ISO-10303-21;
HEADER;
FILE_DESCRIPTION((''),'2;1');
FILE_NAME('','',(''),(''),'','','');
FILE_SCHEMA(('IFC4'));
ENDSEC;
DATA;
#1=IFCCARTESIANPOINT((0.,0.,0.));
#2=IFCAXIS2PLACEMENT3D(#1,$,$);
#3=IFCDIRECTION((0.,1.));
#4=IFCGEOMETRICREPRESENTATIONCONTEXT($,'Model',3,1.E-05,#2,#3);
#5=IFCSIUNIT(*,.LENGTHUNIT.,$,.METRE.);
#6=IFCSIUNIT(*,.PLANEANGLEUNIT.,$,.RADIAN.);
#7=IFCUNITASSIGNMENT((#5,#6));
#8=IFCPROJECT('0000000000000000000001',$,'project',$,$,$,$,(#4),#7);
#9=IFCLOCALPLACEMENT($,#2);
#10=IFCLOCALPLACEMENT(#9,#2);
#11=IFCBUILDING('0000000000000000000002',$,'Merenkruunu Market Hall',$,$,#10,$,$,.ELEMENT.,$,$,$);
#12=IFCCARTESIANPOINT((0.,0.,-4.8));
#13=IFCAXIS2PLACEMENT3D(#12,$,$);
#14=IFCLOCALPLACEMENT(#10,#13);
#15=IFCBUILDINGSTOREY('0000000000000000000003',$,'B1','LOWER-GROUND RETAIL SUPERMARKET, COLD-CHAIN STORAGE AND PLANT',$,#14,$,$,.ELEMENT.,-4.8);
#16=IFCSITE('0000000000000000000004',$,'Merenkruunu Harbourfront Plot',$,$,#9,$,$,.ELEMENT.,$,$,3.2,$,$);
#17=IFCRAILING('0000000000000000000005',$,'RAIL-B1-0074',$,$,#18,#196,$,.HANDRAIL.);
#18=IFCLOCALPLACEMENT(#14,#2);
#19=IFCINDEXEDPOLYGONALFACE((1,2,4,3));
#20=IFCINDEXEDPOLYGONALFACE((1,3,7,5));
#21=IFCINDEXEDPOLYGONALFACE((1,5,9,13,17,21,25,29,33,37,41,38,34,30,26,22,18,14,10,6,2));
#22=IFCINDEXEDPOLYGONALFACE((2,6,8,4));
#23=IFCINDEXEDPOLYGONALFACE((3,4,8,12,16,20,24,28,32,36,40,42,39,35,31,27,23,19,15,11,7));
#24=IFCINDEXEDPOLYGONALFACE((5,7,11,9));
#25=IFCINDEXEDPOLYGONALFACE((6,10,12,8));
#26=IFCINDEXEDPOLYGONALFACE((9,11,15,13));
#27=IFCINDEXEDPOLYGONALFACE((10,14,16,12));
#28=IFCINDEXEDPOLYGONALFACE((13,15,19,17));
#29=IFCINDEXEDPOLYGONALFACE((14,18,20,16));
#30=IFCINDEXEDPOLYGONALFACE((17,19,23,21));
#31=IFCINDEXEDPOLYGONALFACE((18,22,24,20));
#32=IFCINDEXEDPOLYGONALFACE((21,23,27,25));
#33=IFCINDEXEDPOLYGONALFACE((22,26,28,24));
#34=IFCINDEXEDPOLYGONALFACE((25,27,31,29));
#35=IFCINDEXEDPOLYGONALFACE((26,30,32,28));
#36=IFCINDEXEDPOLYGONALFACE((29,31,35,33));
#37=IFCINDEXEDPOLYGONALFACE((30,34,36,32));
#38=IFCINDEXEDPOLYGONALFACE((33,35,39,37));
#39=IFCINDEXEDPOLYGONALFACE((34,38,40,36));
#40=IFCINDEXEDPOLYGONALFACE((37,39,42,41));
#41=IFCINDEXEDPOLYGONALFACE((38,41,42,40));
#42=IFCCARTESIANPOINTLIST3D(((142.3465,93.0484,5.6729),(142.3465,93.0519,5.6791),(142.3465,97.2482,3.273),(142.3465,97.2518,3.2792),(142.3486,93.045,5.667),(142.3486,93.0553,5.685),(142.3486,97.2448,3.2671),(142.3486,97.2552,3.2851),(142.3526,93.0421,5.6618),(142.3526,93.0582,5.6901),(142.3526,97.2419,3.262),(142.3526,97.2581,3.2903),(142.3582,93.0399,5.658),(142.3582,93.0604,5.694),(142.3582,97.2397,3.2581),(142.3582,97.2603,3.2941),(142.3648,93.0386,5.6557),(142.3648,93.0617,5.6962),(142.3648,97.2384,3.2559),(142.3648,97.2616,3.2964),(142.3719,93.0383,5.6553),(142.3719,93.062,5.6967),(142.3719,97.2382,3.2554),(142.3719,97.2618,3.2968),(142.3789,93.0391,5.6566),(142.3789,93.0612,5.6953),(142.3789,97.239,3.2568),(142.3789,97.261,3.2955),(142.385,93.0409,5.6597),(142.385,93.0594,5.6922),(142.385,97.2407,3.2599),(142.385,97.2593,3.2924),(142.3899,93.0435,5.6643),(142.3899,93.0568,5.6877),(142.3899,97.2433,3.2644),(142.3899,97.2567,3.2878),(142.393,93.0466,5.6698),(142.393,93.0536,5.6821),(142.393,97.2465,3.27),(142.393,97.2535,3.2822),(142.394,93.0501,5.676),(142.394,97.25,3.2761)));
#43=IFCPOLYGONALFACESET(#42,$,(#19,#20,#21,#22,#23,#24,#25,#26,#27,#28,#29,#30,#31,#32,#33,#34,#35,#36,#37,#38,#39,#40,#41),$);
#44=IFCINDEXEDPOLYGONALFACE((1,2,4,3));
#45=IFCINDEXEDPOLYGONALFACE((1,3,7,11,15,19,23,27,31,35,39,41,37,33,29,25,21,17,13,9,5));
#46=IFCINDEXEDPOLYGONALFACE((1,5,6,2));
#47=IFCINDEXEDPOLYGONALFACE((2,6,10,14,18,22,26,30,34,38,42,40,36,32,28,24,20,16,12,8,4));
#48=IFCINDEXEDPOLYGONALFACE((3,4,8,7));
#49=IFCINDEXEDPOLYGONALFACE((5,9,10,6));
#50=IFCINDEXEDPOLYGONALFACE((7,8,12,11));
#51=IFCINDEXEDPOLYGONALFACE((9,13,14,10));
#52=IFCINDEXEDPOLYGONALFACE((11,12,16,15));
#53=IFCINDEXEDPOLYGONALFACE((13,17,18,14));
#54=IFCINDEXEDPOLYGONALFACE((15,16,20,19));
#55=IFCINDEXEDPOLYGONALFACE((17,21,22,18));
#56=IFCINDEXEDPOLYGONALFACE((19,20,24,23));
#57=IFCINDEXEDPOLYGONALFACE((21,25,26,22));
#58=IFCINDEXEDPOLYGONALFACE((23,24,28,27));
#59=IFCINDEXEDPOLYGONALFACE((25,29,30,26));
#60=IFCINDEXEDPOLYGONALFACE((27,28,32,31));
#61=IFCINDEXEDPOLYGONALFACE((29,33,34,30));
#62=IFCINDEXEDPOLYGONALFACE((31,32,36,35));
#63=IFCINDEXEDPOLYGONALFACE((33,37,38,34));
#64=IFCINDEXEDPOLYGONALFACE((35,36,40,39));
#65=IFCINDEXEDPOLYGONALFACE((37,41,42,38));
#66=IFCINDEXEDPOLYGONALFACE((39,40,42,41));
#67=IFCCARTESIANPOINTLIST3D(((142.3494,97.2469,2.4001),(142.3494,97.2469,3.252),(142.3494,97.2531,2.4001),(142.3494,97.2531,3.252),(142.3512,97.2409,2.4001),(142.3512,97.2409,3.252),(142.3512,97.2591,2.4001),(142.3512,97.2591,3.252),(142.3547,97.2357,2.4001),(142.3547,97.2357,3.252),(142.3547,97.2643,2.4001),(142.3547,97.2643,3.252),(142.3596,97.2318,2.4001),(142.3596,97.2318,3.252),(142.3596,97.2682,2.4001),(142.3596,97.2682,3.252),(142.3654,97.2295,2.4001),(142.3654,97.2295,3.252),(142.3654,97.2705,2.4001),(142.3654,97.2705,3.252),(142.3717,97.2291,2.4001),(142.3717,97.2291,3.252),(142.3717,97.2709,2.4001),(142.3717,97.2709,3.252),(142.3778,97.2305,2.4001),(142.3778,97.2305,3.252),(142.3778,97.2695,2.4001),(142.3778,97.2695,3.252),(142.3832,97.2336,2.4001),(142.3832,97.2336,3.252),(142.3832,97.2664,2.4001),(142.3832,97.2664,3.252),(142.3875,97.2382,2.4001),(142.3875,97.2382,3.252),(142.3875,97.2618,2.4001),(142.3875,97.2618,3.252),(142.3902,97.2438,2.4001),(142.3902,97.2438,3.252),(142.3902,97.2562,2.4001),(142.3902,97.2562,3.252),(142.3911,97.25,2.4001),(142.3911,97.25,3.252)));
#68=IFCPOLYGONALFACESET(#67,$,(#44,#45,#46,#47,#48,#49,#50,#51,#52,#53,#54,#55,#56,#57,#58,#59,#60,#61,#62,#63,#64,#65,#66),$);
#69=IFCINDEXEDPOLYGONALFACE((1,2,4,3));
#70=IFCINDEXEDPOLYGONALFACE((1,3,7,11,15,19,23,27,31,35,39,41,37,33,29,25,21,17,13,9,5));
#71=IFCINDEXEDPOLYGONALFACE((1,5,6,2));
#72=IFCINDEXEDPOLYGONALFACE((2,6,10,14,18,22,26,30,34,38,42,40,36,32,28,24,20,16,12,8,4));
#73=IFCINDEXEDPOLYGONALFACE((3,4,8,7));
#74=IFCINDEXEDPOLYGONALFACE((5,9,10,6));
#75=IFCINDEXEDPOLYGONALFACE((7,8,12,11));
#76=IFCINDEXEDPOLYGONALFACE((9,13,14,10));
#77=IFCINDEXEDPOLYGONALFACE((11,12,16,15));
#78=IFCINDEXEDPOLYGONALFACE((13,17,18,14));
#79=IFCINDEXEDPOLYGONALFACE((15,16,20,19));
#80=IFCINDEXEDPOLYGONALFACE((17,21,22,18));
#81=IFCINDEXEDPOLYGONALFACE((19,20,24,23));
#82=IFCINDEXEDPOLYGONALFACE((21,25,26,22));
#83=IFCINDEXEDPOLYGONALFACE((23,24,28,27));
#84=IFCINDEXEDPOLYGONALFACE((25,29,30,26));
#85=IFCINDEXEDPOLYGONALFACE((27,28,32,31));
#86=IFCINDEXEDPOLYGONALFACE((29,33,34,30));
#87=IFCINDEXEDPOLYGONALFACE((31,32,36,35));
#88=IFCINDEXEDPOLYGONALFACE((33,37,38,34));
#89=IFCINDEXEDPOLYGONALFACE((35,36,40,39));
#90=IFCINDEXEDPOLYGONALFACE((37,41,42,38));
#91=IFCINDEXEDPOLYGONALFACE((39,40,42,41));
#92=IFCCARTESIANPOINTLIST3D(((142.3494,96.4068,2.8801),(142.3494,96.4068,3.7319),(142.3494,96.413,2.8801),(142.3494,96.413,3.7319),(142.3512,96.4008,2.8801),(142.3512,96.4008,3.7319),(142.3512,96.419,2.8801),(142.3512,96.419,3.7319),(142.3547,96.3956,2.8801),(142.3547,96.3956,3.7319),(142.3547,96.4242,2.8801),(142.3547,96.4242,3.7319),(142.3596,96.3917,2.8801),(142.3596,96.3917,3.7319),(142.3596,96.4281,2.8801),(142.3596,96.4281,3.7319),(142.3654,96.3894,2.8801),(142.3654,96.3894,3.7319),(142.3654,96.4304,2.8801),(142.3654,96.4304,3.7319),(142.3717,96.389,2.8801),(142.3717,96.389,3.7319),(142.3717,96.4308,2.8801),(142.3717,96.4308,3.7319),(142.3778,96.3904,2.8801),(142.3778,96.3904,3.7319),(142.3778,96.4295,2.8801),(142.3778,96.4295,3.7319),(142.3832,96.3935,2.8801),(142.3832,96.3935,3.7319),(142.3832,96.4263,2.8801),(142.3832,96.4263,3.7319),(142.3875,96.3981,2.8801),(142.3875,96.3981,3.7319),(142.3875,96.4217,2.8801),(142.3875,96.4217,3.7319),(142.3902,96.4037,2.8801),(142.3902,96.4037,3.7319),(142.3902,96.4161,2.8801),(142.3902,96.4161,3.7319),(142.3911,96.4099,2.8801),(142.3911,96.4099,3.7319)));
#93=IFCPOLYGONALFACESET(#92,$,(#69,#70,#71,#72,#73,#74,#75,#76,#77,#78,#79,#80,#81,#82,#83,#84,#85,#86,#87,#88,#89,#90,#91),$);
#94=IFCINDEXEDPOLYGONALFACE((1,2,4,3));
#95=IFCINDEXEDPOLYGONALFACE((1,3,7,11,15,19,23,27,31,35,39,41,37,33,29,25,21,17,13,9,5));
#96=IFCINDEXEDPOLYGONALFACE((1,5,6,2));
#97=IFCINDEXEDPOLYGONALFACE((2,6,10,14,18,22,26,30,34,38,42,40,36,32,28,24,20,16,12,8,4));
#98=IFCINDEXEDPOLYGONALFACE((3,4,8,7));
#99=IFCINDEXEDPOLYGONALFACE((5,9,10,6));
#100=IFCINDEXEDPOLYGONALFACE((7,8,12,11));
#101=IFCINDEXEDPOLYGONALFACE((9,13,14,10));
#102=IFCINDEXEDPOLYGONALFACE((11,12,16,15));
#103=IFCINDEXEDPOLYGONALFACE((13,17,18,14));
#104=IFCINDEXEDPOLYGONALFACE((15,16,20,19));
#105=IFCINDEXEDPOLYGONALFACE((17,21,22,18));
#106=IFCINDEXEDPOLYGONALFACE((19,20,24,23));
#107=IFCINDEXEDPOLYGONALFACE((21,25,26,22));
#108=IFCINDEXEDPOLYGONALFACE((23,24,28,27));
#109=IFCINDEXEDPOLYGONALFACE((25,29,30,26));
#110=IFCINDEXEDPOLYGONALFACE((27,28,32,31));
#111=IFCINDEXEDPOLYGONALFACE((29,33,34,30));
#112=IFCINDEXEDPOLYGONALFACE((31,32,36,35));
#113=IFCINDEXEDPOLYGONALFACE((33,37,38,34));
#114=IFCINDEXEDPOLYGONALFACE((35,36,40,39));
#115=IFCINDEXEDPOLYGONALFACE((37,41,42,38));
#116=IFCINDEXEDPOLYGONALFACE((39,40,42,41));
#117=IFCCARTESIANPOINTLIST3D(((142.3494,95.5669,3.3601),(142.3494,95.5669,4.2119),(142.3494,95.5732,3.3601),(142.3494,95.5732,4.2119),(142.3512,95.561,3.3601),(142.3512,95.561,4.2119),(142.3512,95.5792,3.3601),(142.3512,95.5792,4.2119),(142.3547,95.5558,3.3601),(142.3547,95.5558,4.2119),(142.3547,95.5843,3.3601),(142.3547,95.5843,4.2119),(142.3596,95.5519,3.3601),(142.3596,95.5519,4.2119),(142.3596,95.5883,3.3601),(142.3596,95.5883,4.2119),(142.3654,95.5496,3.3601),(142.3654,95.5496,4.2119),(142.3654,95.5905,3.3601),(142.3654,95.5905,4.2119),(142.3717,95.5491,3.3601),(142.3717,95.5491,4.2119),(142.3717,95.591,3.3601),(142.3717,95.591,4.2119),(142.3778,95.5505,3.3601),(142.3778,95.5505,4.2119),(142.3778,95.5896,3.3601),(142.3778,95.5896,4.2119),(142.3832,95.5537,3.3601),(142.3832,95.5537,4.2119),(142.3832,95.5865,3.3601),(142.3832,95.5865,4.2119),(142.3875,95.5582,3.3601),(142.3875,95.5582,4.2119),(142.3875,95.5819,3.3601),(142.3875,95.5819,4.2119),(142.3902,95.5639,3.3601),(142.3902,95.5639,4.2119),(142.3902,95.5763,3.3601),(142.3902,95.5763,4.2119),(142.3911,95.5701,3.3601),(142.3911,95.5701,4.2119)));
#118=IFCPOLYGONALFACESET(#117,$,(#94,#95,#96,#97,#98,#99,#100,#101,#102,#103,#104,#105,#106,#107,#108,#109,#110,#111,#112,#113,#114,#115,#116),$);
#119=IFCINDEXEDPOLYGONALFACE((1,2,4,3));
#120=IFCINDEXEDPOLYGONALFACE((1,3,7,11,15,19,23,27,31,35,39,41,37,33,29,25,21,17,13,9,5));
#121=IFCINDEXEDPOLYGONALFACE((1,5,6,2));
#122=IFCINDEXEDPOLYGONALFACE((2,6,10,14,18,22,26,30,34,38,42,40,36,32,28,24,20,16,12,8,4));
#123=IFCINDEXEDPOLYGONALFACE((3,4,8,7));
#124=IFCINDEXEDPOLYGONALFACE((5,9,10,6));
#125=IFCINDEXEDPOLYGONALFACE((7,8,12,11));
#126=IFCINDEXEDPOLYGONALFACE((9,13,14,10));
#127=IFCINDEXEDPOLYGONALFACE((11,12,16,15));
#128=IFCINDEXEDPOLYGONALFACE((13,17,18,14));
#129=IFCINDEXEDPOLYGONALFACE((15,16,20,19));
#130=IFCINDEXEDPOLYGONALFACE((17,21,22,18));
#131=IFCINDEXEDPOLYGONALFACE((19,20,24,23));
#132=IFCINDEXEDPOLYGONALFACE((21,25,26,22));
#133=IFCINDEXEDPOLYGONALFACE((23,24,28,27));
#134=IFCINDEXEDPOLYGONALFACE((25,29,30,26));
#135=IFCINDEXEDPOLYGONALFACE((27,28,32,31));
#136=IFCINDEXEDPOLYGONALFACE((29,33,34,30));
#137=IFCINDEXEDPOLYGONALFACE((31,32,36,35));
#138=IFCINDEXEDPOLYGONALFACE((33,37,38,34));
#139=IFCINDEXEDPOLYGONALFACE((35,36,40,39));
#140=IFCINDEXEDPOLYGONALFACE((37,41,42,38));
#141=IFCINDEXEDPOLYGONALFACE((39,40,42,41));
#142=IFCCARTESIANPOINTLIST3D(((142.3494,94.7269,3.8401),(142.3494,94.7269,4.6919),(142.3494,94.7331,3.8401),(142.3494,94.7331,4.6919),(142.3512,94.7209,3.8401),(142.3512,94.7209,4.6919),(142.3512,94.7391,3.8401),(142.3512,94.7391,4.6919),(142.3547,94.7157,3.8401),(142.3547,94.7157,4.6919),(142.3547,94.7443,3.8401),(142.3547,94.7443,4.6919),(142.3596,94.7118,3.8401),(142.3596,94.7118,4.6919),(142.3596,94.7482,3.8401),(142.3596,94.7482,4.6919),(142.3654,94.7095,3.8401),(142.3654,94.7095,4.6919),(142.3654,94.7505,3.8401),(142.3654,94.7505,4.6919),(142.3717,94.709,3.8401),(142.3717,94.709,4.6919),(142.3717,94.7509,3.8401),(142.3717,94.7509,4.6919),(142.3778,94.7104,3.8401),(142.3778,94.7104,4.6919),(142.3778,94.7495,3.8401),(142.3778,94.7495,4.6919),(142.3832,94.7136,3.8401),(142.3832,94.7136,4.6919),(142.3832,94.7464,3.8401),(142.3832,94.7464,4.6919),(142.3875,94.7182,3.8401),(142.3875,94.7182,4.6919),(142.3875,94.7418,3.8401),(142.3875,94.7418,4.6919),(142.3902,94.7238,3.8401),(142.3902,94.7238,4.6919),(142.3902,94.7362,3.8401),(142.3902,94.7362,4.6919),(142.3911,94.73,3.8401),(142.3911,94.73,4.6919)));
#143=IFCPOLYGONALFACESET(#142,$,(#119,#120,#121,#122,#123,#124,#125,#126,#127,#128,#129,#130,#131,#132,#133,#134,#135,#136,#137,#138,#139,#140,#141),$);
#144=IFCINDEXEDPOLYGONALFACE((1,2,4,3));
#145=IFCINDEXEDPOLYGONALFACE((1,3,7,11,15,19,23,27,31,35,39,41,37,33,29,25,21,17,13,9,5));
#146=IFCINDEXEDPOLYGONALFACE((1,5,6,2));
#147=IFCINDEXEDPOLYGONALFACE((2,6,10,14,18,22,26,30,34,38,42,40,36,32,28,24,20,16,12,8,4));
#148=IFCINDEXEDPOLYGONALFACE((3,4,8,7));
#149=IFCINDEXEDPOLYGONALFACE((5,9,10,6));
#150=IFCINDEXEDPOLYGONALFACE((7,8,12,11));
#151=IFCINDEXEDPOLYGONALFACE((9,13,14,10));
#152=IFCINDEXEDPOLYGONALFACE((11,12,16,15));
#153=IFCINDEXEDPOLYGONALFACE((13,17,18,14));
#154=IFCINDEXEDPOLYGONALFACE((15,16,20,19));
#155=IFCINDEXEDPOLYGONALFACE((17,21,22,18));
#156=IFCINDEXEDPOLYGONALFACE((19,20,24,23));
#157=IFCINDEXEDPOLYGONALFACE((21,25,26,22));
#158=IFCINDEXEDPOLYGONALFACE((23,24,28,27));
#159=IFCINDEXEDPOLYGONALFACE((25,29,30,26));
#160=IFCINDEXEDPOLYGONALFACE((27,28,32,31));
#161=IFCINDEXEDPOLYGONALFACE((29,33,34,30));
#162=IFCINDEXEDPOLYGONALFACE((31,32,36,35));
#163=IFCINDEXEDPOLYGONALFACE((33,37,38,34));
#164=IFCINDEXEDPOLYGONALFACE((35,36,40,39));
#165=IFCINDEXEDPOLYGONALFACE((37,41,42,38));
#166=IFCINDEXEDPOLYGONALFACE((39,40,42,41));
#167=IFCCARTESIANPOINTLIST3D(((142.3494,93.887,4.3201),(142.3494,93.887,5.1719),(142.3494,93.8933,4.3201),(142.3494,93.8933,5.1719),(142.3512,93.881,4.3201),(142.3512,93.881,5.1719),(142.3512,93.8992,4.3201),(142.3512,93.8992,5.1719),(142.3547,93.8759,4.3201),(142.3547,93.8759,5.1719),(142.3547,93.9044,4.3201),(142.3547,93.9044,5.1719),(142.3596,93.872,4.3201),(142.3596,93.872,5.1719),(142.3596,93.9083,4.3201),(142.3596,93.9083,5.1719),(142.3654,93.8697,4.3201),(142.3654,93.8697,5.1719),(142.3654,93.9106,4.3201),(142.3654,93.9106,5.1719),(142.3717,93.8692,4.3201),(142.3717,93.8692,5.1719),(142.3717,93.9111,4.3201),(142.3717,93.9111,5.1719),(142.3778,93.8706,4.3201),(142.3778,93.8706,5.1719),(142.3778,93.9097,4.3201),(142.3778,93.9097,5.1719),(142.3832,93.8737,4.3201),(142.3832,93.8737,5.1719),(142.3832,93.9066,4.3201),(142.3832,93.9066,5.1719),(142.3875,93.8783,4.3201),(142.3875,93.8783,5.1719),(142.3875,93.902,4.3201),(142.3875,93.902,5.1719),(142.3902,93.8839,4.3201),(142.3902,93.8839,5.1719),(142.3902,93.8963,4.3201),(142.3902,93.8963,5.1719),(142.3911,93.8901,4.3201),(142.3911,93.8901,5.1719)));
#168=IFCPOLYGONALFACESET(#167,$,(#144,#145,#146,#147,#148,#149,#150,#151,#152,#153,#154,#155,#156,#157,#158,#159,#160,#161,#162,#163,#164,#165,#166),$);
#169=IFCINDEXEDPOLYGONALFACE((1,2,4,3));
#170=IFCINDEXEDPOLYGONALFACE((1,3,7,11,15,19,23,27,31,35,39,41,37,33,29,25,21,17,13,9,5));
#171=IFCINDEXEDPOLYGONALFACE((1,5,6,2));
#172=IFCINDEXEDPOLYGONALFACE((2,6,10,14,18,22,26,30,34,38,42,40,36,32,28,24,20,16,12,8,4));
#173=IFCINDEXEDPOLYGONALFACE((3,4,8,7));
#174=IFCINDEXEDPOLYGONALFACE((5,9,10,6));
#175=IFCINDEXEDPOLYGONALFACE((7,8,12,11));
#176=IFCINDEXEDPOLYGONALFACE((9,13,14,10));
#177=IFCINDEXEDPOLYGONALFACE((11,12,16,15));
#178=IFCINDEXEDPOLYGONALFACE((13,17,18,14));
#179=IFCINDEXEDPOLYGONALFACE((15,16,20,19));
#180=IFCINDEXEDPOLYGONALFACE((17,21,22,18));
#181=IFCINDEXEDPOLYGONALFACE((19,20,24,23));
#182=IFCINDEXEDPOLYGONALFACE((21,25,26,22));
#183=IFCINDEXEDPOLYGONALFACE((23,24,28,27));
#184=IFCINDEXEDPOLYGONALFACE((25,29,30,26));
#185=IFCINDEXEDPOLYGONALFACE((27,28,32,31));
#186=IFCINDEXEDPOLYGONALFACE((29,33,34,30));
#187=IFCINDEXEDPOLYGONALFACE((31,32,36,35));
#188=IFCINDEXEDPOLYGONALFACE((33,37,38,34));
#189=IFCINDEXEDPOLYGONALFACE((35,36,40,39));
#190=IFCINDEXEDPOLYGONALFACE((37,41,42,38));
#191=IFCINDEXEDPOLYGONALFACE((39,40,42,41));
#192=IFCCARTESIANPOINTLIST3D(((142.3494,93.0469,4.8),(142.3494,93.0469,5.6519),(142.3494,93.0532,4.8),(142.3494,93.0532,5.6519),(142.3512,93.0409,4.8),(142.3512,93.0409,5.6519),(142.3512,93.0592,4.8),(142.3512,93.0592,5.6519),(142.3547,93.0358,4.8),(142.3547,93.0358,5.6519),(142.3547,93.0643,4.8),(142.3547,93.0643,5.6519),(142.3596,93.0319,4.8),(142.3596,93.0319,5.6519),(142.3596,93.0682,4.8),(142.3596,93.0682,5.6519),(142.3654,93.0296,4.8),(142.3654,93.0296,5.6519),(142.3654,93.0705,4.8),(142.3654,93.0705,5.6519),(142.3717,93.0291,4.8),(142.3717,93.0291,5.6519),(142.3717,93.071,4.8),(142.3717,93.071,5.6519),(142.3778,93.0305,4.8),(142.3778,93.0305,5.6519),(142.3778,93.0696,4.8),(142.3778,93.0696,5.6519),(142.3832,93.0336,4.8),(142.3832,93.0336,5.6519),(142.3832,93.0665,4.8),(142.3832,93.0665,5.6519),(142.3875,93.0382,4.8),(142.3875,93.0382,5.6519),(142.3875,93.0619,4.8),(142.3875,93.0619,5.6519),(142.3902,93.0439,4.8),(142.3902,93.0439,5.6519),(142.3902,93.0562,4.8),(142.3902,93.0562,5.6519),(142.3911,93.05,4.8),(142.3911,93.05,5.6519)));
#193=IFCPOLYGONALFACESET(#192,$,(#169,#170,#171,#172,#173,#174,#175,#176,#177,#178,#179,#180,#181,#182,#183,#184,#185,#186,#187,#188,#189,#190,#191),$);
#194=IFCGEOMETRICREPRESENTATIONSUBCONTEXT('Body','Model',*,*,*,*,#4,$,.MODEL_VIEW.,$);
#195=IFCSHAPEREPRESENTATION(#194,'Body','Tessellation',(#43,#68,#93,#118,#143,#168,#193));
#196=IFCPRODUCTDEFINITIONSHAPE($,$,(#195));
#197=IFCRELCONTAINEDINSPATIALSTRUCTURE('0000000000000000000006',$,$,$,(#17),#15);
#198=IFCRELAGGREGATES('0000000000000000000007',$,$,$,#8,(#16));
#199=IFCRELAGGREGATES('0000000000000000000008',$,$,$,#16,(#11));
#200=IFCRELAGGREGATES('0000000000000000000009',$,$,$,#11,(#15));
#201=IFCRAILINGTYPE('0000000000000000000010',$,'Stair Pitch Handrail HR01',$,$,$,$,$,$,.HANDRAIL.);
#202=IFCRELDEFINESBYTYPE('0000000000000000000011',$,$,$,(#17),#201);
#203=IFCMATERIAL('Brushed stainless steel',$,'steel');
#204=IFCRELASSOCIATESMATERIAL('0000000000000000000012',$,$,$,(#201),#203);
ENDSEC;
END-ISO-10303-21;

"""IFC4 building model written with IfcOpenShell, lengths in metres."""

from ifc_helpers import new_model, si_unit, direction, frame, origin, origin_2d, place, context, subcontext, project, spatial, circle, extrude, material, type_object, element, save


model = new_model("IFC4")

# Units and contexts
model_context = context("Model", 3, precision=1e-05, world=origin(), true_north=direction((0.0, 1.0)))
body_context = subcontext(model_context, "Body", "Model", "MODEL_VIEW")
ifc_project = project(units=[si_unit("LENGTHUNIT", "METRE"), si_unit("PLANEANGLEUNIT", "RADIAN")], contexts=[model_context])

# Site, building, storey
site_placement = place(None, origin())
site = spatial("IfcSite", under=ifc_project, at=site_placement, Name="Merenkruunu Harbourfront Plot", CompositionType="ELEMENT", RefElevation=3.2)
building_placement = place(site_placement, origin())
building = spatial("IfcBuilding", under=site, at=building_placement, Name="Merenkruunu Market Hall", CompositionType="ELEMENT")
storey_placement = place(building_placement, frame((0.0, 0.0, -4.8)))
storey = spatial("IfcBuildingStorey", under=building, at=storey_placement, Name="B1", Description="LOWER-GROUND RETAIL SUPERMARKET, COLD-CHAIN STORAGE AND PLANT", CompositionType="ELEMENT", Elevation=-4.8)

# Railing
ifc_material_1 = material(Name="Brushed stainless steel", Category="steel")
railing_type_1 = type_object("IfcRailingType", Name="Stair Pitch Handrail HR01", PredefinedType="HANDRAIL", material=ifc_material_1)
railing_1_placement = place(storey_placement, frame((142.3701, 97.25, 2.4001)))
element("IfcRailing", 1, at=railing_1_placement, inside=storey, type_object=railing_type_1, Name="RAIL-B1-0074", PredefinedType="HANDRAIL", context=body_context, shape_type="SweptSolid", body=[
    extrude(circle(Radius=0.0239, at=origin_2d()), frame((0.0, 0.0, 0.876), z_axis=(0.0, -0.868249, 0.496128), x_axis=(1.0, 0.0, 0.0)), (0.0, 0.0, 1.0), 4.8372),
    extrude(circle(Radius=0.021, at=origin_2d()), origin(), (0.0, 0.0, 1.0), 0.8518),
    extrude(circle(Radius=0.021, at=origin_2d()), frame((0.0, -0.8401, 0.48)), (0.0, 0.0, 1.0), 0.8518),
    extrude(circle(Radius=0.021, at=origin_2d()), frame((0.0, -1.6799, 0.96)), (0.0, 0.0, 1.0), 0.8518),
    extrude(circle(Radius=0.021, at=origin_2d()), frame((0.0, -2.52, 1.4399)), (0.0, 0.0, 1.0), 0.8518),
    extrude(circle(Radius=0.021, at=origin_2d()), frame((0.0, -3.3599, 1.9199)), (0.0, 0.0, 1.0), 0.8518),
    extrude(circle(Radius=0.021, at=origin_2d()), frame((0.0, -4.2, 2.3999)), (0.0, 0.0, 1.0), 0.8518),
])

save(model, "model.ifc")
